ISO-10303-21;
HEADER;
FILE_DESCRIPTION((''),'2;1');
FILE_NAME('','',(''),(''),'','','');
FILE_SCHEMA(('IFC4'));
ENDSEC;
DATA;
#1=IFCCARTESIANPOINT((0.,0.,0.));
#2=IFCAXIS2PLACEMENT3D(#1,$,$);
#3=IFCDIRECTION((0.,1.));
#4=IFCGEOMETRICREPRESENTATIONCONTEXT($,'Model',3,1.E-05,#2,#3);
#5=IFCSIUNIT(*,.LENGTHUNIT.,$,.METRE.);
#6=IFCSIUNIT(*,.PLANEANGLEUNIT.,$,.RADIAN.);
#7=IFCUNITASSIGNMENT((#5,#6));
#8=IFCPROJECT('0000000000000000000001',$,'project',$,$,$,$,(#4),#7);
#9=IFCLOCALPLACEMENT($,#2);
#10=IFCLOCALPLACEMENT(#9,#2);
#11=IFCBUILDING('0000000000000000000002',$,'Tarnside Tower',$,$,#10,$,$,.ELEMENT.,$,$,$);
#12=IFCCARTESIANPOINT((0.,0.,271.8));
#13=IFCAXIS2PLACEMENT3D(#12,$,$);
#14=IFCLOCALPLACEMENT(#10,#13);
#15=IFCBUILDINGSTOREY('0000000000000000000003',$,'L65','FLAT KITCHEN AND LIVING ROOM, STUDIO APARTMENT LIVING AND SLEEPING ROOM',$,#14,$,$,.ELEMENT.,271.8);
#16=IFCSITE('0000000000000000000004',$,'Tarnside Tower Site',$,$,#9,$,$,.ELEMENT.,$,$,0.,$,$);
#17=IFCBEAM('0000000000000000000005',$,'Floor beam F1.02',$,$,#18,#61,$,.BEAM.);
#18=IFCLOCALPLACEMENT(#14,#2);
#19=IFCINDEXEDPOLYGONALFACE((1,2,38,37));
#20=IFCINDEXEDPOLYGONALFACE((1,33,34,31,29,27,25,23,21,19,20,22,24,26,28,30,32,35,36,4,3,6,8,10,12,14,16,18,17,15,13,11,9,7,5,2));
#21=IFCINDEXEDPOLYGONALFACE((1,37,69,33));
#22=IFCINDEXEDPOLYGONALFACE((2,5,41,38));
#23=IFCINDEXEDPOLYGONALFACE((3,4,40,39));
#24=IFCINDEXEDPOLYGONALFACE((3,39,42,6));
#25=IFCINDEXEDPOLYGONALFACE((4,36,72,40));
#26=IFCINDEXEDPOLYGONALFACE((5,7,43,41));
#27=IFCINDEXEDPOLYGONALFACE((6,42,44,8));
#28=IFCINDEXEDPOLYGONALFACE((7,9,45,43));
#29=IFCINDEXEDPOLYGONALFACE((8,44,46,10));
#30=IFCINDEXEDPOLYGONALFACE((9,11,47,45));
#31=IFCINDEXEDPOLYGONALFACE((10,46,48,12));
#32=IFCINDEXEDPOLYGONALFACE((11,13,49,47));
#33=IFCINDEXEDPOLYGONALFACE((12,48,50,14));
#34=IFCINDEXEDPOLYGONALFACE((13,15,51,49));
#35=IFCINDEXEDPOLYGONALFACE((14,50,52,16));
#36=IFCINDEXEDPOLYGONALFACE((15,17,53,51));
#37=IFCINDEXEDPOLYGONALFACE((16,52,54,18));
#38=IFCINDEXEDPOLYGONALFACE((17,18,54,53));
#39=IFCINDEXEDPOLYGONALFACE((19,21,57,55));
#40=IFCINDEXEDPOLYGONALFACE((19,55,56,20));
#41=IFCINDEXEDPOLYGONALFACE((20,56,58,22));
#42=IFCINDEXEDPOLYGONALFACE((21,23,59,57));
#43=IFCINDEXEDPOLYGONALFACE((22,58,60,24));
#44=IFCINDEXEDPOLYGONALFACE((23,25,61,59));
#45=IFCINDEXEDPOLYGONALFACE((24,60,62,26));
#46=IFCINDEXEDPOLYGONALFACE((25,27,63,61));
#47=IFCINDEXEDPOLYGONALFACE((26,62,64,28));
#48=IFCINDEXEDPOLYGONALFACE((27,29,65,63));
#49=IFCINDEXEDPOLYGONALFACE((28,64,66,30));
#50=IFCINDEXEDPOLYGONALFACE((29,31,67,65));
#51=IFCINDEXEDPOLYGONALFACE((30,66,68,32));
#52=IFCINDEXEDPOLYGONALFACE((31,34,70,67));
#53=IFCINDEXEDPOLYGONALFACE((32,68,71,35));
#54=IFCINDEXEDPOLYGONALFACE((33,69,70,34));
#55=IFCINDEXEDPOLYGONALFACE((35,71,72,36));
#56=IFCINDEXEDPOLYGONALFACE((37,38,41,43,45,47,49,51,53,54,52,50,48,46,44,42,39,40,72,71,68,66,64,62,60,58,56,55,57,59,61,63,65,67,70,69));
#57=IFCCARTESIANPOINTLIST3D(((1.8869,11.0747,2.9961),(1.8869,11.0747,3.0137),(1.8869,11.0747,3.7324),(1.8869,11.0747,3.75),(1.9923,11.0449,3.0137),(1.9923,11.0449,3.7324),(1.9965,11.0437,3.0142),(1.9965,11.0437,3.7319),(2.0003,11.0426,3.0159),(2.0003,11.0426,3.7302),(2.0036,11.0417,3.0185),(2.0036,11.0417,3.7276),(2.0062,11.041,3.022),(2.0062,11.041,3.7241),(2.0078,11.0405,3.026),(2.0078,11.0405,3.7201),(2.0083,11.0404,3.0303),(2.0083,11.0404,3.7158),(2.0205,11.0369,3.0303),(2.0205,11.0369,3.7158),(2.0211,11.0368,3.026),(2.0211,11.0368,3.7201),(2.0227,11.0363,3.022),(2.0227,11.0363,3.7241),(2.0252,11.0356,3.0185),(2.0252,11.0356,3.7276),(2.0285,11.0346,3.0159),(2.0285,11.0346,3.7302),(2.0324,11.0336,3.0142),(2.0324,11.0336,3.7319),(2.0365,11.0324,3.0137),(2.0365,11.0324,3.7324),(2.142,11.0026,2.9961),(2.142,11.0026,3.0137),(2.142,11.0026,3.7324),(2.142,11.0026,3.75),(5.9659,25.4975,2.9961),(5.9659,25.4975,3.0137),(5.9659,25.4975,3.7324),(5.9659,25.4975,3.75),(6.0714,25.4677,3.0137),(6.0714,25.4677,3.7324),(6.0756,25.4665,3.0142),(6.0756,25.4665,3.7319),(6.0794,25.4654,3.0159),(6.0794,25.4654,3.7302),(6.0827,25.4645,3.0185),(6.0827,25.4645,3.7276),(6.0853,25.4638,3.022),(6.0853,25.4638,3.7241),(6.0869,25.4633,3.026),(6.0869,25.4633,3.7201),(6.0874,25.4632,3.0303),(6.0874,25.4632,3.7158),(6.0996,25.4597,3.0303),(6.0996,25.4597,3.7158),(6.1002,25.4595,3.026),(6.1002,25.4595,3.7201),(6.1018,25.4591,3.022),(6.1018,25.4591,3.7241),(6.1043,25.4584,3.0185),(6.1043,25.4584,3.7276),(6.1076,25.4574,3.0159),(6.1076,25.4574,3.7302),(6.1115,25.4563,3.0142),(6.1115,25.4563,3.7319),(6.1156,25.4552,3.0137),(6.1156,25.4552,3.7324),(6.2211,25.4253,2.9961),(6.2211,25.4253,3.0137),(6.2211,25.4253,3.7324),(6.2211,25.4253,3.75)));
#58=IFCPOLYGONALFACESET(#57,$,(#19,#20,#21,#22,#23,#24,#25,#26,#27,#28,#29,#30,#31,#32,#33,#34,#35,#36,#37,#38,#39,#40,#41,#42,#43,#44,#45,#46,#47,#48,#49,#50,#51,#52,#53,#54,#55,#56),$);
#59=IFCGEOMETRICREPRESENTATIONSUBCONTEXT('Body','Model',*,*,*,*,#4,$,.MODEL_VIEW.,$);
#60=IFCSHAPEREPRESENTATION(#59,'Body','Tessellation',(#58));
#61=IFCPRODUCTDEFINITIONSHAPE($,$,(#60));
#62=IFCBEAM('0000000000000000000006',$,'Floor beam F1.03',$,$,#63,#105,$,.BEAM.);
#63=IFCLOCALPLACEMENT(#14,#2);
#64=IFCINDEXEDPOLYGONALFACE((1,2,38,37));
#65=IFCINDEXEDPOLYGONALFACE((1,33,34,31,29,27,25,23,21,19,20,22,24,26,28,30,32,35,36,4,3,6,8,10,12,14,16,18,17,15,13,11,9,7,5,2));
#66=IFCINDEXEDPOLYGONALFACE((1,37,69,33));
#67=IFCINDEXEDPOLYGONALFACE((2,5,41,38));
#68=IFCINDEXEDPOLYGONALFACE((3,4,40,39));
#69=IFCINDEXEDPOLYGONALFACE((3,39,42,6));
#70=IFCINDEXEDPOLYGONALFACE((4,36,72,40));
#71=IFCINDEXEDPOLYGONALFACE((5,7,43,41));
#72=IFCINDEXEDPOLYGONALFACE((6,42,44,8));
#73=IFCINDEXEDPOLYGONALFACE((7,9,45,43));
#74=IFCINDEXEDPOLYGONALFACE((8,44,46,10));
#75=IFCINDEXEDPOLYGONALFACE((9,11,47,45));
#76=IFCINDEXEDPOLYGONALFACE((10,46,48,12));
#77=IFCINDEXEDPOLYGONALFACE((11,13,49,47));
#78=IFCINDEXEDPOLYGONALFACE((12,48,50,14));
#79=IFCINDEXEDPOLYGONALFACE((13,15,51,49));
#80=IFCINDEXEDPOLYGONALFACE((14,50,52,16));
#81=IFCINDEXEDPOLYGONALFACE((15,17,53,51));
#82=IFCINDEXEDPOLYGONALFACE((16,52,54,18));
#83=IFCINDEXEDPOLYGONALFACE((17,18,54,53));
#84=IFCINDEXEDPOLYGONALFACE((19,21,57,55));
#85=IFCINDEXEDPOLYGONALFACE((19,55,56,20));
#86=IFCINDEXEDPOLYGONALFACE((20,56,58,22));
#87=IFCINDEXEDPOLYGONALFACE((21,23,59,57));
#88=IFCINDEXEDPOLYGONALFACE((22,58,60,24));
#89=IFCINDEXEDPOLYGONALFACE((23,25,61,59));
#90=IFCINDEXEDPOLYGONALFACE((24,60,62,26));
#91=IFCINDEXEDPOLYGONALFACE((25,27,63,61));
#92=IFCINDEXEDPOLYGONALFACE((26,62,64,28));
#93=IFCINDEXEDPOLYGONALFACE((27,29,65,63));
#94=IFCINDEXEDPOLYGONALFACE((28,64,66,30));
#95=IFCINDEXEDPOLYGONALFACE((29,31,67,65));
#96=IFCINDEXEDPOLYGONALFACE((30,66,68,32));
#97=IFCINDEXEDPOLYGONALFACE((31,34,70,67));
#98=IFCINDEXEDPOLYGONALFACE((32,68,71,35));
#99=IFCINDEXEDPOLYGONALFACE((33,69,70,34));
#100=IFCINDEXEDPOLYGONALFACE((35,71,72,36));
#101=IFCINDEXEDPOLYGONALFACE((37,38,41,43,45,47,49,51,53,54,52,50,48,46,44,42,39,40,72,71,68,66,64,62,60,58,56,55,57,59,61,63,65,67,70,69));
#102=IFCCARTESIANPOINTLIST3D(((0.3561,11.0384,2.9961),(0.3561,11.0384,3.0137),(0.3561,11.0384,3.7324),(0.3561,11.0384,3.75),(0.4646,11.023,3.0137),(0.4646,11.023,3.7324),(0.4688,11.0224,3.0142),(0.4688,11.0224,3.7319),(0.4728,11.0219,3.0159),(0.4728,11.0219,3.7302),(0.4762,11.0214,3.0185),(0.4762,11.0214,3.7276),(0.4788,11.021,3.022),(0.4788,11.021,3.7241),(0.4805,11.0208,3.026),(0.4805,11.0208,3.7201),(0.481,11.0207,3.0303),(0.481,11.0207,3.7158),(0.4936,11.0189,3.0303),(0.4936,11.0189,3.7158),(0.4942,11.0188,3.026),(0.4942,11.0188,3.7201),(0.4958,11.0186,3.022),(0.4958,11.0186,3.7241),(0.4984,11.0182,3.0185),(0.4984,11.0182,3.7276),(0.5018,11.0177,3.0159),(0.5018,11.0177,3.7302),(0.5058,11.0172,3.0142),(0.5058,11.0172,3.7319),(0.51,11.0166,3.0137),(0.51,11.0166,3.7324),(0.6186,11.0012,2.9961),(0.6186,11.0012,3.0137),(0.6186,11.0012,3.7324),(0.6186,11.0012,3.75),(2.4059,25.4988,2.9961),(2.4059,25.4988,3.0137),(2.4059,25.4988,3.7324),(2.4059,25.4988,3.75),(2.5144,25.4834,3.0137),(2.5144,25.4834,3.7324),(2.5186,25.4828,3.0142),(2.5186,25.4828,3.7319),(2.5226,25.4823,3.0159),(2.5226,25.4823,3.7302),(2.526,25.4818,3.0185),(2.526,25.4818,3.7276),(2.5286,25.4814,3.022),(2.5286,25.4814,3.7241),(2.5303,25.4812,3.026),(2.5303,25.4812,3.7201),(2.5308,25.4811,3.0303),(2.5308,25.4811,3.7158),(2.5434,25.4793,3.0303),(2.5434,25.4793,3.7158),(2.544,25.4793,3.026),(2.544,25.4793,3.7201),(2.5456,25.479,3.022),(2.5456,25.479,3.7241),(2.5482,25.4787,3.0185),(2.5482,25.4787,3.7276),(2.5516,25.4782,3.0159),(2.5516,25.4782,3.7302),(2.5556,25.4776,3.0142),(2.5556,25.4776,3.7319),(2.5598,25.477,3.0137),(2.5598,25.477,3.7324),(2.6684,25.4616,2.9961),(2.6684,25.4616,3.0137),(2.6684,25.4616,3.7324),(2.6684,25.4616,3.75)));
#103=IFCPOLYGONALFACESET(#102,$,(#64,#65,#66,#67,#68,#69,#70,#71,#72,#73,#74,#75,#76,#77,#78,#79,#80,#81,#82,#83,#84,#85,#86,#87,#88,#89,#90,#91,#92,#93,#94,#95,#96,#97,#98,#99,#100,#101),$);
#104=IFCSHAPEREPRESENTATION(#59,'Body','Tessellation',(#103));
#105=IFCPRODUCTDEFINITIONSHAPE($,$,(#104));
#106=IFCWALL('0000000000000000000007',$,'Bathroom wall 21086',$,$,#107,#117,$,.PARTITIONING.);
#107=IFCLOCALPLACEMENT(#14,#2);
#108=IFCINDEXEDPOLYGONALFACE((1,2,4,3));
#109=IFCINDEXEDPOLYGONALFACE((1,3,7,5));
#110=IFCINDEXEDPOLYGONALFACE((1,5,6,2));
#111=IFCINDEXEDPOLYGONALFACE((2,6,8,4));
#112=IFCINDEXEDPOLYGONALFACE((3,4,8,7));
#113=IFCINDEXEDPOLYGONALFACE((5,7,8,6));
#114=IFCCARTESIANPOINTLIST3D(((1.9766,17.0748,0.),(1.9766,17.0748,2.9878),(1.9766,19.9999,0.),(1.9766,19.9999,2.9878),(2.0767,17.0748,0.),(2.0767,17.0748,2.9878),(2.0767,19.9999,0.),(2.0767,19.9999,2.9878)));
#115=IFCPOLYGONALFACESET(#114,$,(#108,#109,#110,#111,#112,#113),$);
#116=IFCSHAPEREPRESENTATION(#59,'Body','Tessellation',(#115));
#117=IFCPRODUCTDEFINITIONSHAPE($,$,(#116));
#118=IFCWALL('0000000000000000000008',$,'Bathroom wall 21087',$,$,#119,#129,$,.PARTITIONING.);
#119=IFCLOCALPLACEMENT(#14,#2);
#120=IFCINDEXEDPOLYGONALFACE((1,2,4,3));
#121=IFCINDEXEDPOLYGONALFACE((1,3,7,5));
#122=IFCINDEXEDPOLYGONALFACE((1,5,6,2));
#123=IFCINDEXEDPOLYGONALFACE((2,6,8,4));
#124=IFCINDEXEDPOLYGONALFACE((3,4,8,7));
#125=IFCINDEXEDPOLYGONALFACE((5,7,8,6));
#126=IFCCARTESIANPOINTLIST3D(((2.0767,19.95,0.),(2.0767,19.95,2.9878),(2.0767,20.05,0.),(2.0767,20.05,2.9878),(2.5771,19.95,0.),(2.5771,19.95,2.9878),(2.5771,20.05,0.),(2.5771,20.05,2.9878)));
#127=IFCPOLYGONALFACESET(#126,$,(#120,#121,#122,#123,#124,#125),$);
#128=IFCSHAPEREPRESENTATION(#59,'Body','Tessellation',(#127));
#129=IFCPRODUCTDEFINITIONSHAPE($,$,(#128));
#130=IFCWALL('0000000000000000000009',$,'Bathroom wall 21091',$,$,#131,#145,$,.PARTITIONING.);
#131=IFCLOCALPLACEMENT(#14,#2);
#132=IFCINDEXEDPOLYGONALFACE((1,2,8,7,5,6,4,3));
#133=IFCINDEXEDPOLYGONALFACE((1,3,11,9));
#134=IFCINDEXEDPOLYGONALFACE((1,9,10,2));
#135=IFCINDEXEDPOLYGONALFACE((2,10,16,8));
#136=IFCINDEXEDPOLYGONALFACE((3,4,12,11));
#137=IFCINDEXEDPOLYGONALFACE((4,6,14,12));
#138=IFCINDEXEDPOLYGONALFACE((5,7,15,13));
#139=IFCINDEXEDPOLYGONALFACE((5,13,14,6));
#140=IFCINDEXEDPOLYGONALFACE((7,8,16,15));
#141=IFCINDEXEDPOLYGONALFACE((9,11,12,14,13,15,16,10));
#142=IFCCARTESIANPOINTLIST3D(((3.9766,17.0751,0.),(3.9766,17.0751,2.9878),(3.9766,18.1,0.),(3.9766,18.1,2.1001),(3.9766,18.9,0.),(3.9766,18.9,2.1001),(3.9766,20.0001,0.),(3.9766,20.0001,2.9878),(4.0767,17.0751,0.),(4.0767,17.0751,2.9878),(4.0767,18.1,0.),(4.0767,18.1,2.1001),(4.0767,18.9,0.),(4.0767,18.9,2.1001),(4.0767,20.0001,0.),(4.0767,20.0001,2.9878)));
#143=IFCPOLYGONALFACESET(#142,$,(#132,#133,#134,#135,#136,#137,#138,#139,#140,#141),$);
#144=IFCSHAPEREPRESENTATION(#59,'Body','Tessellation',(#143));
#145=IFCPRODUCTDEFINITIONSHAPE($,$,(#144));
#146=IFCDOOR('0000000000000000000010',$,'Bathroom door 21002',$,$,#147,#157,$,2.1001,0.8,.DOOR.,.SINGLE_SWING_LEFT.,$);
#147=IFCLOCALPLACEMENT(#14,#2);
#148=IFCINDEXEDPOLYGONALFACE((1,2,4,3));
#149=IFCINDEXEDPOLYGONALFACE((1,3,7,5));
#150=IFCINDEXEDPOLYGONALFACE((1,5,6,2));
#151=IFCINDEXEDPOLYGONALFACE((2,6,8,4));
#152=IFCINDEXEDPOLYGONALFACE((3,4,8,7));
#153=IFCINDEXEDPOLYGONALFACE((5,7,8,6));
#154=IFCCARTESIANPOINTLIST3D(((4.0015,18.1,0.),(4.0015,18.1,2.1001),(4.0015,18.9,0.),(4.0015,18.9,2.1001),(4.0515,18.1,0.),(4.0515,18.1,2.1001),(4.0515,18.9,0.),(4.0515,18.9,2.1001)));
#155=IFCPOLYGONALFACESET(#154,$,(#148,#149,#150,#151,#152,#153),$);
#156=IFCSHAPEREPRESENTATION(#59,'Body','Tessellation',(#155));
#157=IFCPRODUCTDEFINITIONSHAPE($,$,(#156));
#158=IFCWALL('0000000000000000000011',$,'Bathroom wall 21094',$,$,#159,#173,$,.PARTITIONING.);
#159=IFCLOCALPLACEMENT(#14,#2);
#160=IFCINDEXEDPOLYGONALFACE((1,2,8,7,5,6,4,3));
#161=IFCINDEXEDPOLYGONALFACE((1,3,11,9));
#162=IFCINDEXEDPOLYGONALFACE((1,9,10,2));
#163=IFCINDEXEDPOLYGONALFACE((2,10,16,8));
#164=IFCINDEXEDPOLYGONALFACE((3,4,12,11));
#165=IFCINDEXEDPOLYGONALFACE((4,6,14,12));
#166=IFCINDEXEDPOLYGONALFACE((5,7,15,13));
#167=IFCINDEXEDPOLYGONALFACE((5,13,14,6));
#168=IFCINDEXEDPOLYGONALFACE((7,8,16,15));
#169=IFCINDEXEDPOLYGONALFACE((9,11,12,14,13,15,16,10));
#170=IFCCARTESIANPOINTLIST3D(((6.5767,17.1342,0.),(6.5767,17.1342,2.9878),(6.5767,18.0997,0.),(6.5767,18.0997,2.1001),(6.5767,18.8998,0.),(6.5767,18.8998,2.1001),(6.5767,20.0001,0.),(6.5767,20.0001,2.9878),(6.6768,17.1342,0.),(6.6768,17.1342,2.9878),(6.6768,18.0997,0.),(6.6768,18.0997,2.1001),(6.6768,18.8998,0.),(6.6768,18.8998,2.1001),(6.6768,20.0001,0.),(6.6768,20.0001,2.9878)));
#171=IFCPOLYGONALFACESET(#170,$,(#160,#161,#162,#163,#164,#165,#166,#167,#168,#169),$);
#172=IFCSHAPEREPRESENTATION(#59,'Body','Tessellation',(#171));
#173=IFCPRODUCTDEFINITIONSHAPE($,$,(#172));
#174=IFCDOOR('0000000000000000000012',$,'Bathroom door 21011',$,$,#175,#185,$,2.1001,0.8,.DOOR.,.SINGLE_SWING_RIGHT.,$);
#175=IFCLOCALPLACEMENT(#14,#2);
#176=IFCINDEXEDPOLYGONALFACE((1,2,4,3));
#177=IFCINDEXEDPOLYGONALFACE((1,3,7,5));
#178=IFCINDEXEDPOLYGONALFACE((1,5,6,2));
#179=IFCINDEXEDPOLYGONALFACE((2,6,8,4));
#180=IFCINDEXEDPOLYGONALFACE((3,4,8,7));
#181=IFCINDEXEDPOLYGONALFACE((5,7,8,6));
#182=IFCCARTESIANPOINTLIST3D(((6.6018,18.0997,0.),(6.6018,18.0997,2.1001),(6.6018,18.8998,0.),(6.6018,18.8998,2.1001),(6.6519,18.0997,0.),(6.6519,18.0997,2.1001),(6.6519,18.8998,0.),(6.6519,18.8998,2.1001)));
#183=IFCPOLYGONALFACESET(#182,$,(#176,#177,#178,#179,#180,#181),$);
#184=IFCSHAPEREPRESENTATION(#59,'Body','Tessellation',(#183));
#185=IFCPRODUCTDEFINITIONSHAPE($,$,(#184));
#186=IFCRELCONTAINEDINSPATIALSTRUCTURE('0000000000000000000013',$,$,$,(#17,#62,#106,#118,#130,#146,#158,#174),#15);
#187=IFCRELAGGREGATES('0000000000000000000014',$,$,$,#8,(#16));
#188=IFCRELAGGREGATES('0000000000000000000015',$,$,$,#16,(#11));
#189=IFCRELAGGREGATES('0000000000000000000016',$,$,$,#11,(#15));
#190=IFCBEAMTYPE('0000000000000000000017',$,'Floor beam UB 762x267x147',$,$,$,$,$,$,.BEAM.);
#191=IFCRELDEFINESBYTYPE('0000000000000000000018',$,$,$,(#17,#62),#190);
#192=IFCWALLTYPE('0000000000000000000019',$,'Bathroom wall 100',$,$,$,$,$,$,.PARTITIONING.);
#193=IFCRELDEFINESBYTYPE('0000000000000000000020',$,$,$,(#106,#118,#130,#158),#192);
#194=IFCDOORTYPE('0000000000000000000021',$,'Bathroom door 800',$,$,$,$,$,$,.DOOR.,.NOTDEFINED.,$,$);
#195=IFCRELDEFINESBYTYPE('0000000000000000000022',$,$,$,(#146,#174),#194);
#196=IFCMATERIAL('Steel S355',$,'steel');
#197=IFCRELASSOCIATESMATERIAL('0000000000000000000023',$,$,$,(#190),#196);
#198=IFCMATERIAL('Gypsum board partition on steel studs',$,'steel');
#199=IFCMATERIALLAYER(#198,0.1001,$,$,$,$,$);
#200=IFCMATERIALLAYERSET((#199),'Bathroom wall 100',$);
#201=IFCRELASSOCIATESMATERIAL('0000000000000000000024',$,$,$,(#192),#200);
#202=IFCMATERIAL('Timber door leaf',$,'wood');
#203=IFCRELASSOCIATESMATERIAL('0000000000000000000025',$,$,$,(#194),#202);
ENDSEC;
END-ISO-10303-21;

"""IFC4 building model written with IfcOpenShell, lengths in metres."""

from ifc_helpers import new_model, si_unit, direction, frame, frame_2d, origin, origin_2d, place, context, subcontext, project, spatial, rectangle, i_section, extrude, material, layer, layer_set, material_profile, profile_set, type_object, element, fill, save


model = new_model("IFC4")

# Units and contexts
model_context = context("Model", 3, precision=1e-05, world=origin(), true_north=direction((0.0, 1.0)))
body_context = subcontext(model_context, "Body", "Model", "MODEL_VIEW")
ifc_project = project(units=[si_unit("LENGTHUNIT", "METRE"), si_unit("PLANEANGLEUNIT", "RADIAN")], contexts=[model_context])

# Site, building, storey
site_placement = place(None, origin())
site = spatial("IfcSite", under=ifc_project, at=site_placement, Name="Tarnside Tower Site", CompositionType="ELEMENT", RefElevation=0.0)
building_placement = place(site_placement, origin())
building = spatial("IfcBuilding", under=site, at=building_placement, Name="Tarnside Tower", CompositionType="ELEMENT")
storey_placement = place(building_placement, frame((0.0, 0.0, 271.8)))
storey = spatial("IfcBuildingStorey", under=building, at=storey_placement, Name="L65", Description="FLAT KITCHEN AND LIVING ROOM, STUDIO APARTMENT LIVING AND SLEEPING ROOM", CompositionType="ELEMENT", Elevation=271.8)

# Beams
ifc_material_1 = material(Name="Steel S355", Category="steel")
ifc_material_profile = material_profile(ifc_material_1, i_section(OverallWidth=0.2651, OverallDepth=0.7539, WebThickness=0.0127, FlangeThickness=0.0176, FilletRadius=0.0166, at=origin_2d()), Name="UB 762x267x147")
ifc_profile_set = profile_set([ifc_material_profile], Name="Steel S355")
beam_type = type_object("IfcBeamType", Name="Floor beam UB 762x267x147", PredefinedType="BEAM", material=ifc_profile_set)
beam_1_placement = place(storey_placement, frame((6.0935, 25.4614, 3.373), z_axis=(-0.272147, -0.962256, 0.0), x_axis=(0.962256, -0.272147, 0.0)))
element("IfcBeam", 1, at=beam_1_placement, inside=storey, type_object=beam_type, Name="Floor beam F1.02", PredefinedType="BEAM", context=body_context, shape_type="SweptSolid", body=[
    extrude(i_section(OverallWidth=0.2651, OverallDepth=0.7539, WebThickness=0.0127, FlangeThickness=0.0176, FilletRadius=0.0166, at=origin_2d()), origin(), (0.0, 0.0, 1.0), 14.9885),
])
beam_2_placement = place(storey_placement, frame((2.5371, 25.4802, 3.373), z_axis=(-0.140349, -0.990102, 0.0), x_axis=(0.990102, -0.140349, 0.0)))
element("IfcBeam", 2, at=beam_2_placement, inside=storey, type_object=beam_type, Name="Floor beam F1.03", PredefinedType="BEAM", context=body_context, shape_type="SweptSolid", body=[
    extrude(i_section(OverallWidth=0.2651, OverallDepth=0.7539, WebThickness=0.0127, FlangeThickness=0.0176, FilletRadius=0.0166, at=origin_2d()), origin(), (0.0, 0.0, 1.0), 14.605),
])

# Walls
ifc_material_2 = material(Name="Gypsum board partition on steel studs", Category="steel")
ifc_layer_1 = layer(ifc_material_2, 0.1001)
ifc_layer_set_1 = layer_set([ifc_layer_1], Name="Bathroom wall 100")
wall_type_1 = type_object("IfcWallType", Name="Bathroom wall 100", PredefinedType="PARTITIONING", material=ifc_layer_set_1)
wall_1_placement = place(storey_placement, frame((2.0266, 17.075, 0.0), z_axis=(0.0, 0.0, 1.0), x_axis=(0.0, 1.0, 0.0)))
element("IfcWall", 3, at=wall_1_placement, inside=storey, type_object=wall_type_1, Name="Bathroom wall 21086", PredefinedType="PARTITIONING", context=body_context, shape_type="SweptSolid", body=[
    extrude(rectangle(XDim=2.925, YDim=0.1001, at=frame_2d((1.4624, 0.0))), origin(), (0.0, 0.0, 1.0), 2.9878),
])
wall_2_placement = place(storey_placement, frame((2.0767, 20.0, 0.0), z_axis=(0.0, 0.0, 1.0), x_axis=(1.0, 0.0, 0.0)))
element("IfcWall", 4, at=wall_2_placement, inside=storey, type_object=wall_type_1, Name="Bathroom wall 21087", PredefinedType="PARTITIONING", context=body_context, shape_type="SweptSolid", body=[
    extrude(rectangle(XDim=0.5005, YDim=0.1001, at=frame_2d((0.2502, 0.0))), origin(), (0.0, 0.0, 1.0), 2.9878),
])

# Walls, openings, doors
wall_3_placement = place(storey_placement, frame((4.0266, 20.0, 0.0), z_axis=(0.0, 0.0, 1.0), x_axis=(0.0, -1.0, 0.0)))
wall_3 = element("IfcWall", 5, at=wall_3_placement, inside=storey, type_object=wall_type_1, Name="Bathroom wall 21091", PredefinedType="PARTITIONING", context=body_context, shape_type="SweptSolid", body=[
    extrude(rectangle(XDim=2.925, YDim=0.1001, at=frame_2d((1.4624, 0.0))), origin(), (0.0, 0.0, 1.0), 2.9878),
])
opening_1_placement = place(wall_3_placement, frame((1.1001, 0.0, 0.0)))
opening_1 = element("IfcOpeningElement", 6, at=opening_1_placement, cuts=wall_3, PredefinedType="OPENING", context=body_context, shape_type="SweptSolid", body=[
    extrude(rectangle(XDim=0.8, YDim=2.1001, at=frame_2d((0.3999, 1.05))), frame((0.0, 0.0601, 0.0), z_axis=(0.0, -1.0, 0.0), x_axis=(1.0, 0.0, 0.0)), (0.0, 0.0, 1.0), 0.1201),
])
ifc_material_3 = material(Name="Timber door leaf", Category="wood")
door_type_1 = type_object("IfcDoorType", Name="Bathroom door 800", OperationType="NOTDEFINED", PredefinedType="DOOR", material=ifc_material_3)
door_1_placement = place(opening_1_placement, origin())
door_1 = element("IfcDoor", 7, at=door_1_placement, inside=storey, type_object=door_type_1, Name="Bathroom door 21002", OperationType="SINGLE_SWING_LEFT", OverallHeight=2.1001, OverallWidth=0.8, PredefinedType="DOOR", context=body_context, shape_type="SweptSolid", body=[
    extrude(rectangle(XDim=0.8, YDim=2.1001, at=frame_2d((0.3999, 1.05))), frame((0.0, 0.0249, 0.0), z_axis=(0.0, -1.0, 0.0), x_axis=(1.0, 0.0, 0.0)), (0.0, 0.0, 1.0), 0.05),
])
fill(opening_1, door_1)
wall_4_placement = place(storey_placement, frame((6.6267, 17.134, 0.0), z_axis=(0.0, 0.0, 1.0), x_axis=(0.0, 1.0, 0.0)))
wall_4 = element("IfcWall", 8, at=wall_4_placement, inside=storey, type_object=wall_type_1, Name="Bathroom wall 21094", PredefinedType="PARTITIONING", context=body_context, shape_type="SweptSolid", body=[
    extrude(rectangle(XDim=2.866, YDim=0.1001, at=frame_2d((1.4331, 0.0))), origin(), (0.0, 0.0, 1.0), 2.9878),
])
opening_2_placement = place(wall_4_placement, frame((0.9658, 0.0, 0.0)))
opening_2 = element("IfcOpeningElement", 9, at=opening_2_placement, cuts=wall_4, PredefinedType="OPENING", context=body_context, shape_type="SweptSolid", body=[
    extrude(rectangle(XDim=0.8, YDim=2.1001, at=frame_2d((0.3999, 1.05))), frame((0.0, 0.0601, 0.0), z_axis=(0.0, -1.0, 0.0), x_axis=(1.0, 0.0, 0.0)), (0.0, 0.0, 1.0), 0.1201),
])
door_2_placement = place(opening_2_placement, origin())
door_2 = element("IfcDoor", 10, at=door_2_placement, inside=storey, type_object=door_type_1, Name="Bathroom door 21011", OperationType="SINGLE_SWING_RIGHT", OverallHeight=2.1001, OverallWidth=0.8, PredefinedType="DOOR", context=body_context, shape_type="SweptSolid", body=[
    extrude(rectangle(XDim=0.8, YDim=2.1001, at=frame_2d((0.3999, 1.05))), frame((0.0, 0.0249, 0.0), z_axis=(0.0, -1.0, 0.0), x_axis=(1.0, 0.0, 0.0)), (0.0, 0.0, 1.0), 0.05),
])
fill(opening_2, door_2)

save(model, "model.ifc")
